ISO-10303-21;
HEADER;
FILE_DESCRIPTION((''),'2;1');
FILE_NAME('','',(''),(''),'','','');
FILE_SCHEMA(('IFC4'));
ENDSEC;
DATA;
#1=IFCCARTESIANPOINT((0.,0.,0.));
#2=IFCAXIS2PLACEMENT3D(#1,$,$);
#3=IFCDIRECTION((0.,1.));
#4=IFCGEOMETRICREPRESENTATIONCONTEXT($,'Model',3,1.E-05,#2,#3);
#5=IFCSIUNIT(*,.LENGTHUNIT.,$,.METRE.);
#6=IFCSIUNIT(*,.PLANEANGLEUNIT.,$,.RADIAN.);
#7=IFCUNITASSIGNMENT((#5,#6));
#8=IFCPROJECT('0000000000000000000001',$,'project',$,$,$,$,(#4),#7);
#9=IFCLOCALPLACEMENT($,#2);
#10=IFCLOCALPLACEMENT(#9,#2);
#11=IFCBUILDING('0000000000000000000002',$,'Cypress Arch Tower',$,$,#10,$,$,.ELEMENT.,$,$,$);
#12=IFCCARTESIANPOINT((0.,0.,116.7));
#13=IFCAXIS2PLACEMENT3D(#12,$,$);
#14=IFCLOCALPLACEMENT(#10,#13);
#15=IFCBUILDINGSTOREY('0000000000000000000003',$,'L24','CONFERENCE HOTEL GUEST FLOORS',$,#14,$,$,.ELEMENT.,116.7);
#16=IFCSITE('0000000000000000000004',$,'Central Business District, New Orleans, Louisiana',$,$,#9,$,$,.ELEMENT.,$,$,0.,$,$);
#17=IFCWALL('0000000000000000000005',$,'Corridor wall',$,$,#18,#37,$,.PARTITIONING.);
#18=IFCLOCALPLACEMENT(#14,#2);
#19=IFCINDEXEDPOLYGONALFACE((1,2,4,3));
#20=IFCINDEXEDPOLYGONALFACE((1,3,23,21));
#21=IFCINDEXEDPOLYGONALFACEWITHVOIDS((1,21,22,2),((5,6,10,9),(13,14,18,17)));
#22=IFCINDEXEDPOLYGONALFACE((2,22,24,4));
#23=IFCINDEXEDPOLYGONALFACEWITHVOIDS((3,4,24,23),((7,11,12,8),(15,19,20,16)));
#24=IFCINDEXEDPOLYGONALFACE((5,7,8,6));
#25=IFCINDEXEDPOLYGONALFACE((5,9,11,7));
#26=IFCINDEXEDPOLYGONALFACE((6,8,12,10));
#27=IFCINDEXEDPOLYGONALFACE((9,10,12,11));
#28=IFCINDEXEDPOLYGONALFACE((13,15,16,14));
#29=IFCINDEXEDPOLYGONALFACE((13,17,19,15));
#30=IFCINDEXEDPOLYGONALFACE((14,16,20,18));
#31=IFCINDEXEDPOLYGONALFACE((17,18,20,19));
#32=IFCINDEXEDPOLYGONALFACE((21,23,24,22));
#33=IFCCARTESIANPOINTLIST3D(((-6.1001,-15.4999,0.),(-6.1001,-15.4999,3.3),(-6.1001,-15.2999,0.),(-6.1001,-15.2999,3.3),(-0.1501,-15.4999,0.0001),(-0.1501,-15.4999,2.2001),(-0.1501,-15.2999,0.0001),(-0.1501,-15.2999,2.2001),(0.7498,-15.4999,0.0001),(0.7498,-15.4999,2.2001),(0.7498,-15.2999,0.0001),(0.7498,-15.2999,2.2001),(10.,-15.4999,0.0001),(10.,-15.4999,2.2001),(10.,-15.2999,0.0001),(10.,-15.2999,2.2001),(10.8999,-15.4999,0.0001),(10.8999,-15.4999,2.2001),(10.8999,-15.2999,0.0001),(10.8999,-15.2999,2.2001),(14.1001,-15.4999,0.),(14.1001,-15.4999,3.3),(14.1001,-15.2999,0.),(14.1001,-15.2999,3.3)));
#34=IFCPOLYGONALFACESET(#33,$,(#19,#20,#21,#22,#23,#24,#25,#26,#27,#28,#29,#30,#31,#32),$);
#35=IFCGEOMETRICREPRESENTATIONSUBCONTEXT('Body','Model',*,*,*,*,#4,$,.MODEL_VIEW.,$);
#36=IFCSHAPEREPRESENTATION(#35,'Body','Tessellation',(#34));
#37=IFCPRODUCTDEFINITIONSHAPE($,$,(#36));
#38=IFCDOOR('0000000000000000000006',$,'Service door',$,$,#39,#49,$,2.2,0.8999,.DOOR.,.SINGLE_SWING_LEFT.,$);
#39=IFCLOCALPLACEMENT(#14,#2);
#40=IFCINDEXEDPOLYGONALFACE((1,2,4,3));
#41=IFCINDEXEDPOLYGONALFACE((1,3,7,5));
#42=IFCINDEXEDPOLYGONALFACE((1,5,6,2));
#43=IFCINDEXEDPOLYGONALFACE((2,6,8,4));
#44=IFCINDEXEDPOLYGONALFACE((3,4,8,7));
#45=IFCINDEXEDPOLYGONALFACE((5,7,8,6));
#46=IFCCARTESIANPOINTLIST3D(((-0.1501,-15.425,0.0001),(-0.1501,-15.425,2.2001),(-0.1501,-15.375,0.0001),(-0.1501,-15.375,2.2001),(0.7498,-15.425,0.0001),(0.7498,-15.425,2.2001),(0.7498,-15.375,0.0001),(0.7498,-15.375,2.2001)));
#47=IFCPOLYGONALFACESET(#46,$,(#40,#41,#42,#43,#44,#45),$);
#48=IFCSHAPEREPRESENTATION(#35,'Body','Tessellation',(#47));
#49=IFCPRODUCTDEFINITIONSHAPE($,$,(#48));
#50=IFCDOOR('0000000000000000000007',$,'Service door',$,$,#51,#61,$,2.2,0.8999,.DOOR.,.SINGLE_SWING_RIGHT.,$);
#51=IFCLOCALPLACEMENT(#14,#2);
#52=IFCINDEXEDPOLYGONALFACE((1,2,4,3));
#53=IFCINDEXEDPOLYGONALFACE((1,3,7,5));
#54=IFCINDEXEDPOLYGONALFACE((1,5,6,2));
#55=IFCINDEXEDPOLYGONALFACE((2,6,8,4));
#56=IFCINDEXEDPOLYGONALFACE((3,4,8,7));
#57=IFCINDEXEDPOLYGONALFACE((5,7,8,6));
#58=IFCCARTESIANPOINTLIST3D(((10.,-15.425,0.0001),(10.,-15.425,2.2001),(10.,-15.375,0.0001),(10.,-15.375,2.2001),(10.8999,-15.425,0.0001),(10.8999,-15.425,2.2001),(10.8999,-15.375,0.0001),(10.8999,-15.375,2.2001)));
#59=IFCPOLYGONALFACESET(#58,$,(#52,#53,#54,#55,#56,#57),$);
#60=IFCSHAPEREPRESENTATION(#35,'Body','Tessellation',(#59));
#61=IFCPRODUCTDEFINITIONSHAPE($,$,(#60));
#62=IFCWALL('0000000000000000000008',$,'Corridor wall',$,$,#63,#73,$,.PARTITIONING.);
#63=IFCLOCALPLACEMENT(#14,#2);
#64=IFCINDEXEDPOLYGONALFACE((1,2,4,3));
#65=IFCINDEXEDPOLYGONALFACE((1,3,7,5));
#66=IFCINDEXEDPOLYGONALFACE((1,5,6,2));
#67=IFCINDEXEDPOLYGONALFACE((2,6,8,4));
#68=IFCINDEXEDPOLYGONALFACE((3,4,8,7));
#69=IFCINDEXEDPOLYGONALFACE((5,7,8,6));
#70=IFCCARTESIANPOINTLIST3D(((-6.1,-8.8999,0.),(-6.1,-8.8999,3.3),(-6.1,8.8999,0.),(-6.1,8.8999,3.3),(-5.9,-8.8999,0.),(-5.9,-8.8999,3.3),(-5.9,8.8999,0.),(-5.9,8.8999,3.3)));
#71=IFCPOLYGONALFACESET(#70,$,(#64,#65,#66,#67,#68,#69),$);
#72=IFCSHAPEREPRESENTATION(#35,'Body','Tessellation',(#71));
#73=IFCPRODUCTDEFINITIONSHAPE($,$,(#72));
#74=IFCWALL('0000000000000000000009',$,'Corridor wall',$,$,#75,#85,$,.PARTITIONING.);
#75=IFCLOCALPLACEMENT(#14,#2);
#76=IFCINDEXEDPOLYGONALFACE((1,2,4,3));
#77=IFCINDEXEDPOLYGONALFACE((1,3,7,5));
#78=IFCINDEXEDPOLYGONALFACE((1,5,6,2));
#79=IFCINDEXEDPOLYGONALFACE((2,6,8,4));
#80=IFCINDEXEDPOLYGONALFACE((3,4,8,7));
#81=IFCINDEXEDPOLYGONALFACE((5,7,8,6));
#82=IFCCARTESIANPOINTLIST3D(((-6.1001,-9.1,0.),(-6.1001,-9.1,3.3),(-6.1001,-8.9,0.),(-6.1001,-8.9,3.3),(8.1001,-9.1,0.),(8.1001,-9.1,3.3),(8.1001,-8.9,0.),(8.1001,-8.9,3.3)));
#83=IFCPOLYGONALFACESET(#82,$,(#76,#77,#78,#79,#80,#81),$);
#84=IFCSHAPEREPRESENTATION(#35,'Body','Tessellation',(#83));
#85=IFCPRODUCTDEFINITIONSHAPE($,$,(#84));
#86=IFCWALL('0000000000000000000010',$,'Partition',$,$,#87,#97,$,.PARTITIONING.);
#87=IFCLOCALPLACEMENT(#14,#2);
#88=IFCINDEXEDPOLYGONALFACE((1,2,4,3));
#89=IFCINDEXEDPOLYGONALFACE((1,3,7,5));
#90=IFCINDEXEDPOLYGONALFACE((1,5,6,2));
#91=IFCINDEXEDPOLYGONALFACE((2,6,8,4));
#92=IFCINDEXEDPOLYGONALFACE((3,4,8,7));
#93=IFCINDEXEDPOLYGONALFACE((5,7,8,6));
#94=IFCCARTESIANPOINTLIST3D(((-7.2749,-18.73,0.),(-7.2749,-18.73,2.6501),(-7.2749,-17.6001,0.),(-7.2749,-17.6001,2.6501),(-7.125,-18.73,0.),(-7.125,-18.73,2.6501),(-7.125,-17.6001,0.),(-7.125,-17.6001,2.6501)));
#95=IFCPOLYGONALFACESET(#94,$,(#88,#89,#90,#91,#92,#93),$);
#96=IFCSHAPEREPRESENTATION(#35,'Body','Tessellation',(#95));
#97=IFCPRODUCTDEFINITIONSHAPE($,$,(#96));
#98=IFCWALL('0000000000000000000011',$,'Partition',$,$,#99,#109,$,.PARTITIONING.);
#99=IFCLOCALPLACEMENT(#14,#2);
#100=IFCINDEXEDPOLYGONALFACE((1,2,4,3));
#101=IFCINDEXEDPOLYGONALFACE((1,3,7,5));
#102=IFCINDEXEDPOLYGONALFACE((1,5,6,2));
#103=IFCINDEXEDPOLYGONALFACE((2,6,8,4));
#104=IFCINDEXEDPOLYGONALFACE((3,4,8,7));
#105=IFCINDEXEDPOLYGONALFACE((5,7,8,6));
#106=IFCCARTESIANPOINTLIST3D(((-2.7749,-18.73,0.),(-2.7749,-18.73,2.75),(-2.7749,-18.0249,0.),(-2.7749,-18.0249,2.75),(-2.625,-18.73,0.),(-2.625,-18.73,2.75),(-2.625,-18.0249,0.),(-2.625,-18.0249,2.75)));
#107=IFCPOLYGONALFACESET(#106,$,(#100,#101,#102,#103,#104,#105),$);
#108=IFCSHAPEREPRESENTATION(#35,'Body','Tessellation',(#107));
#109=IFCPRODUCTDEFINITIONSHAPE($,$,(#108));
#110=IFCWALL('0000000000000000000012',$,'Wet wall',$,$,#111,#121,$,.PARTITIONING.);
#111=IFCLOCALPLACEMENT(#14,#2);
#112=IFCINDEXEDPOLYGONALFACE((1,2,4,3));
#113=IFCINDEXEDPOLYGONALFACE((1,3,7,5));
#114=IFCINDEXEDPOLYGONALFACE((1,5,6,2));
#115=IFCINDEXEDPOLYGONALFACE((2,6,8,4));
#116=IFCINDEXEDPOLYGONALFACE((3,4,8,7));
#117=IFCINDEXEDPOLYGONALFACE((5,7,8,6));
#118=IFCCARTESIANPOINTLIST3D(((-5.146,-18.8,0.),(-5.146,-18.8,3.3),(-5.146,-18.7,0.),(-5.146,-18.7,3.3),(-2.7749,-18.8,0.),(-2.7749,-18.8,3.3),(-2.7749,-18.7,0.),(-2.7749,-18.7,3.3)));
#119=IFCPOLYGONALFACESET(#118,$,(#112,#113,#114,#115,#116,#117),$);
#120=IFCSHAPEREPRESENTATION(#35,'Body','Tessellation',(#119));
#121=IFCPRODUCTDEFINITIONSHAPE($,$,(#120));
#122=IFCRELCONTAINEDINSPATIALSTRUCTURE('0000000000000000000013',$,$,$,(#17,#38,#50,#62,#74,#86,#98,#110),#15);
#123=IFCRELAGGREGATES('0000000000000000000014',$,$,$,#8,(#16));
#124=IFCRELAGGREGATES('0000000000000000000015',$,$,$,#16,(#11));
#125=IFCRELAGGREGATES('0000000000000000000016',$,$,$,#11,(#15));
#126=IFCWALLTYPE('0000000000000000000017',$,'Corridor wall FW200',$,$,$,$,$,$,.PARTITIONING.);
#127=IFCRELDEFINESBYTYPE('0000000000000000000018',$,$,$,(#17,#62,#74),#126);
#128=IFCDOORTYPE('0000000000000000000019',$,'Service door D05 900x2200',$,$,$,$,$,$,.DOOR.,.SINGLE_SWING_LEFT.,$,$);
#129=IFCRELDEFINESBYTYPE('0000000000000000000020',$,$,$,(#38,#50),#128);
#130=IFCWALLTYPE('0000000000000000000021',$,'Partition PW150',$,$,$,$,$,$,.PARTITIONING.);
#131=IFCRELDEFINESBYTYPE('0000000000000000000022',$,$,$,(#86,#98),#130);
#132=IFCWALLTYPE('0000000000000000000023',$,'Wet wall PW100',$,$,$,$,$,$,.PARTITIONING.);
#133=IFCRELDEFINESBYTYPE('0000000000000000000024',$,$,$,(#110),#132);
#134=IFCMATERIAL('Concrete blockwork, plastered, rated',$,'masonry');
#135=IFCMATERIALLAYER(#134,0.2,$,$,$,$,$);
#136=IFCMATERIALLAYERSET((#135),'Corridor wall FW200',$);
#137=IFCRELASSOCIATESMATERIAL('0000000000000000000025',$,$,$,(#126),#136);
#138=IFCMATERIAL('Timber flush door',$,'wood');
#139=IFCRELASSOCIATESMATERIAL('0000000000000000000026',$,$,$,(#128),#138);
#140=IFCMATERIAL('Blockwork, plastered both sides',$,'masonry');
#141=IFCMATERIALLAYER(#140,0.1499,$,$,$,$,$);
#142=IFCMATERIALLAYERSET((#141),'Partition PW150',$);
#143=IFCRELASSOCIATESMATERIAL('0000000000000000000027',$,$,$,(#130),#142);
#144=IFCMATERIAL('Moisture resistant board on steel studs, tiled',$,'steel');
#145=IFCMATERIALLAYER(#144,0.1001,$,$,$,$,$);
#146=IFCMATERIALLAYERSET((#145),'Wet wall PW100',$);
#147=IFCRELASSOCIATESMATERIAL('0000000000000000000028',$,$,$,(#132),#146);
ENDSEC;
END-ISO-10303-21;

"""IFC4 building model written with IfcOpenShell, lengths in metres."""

from ifc_helpers import new_model, si_unit, direction, frame, frame_2d, origin, place, context, subcontext, project, spatial, rectangle, extrude, material, layer, layer_set, type_object, element, fill, save


model = new_model("IFC4")

# Units and contexts
model_context = context("Model", 3, precision=1e-05, world=origin(), true_north=direction((0.0, 1.0)))
body_context = subcontext(model_context, "Body", "Model", "MODEL_VIEW")
ifc_project = project(units=[si_unit("LENGTHUNIT", "METRE"), si_unit("PLANEANGLEUNIT", "RADIAN")], contexts=[model_context])

# Site, building, storey
site_placement = place(None, origin())
site = spatial("IfcSite", under=ifc_project, at=site_placement, Name="Central Business District, New Orleans, Louisiana", CompositionType="ELEMENT", RefElevation=0.0)
building_placement = place(site_placement, origin())
building = spatial("IfcBuilding", under=site, at=building_placement, Name="Cypress Arch Tower", CompositionType="ELEMENT")
storey_placement = place(building_placement, frame((0.0, 0.0, 116.7)))
storey = spatial("IfcBuildingStorey", under=building, at=storey_placement, Name="L24", Description="CONFERENCE HOTEL GUEST FLOORS", CompositionType="ELEMENT", Elevation=116.7)

# Shared definitions
ifc_material_1 = material(Name="Concrete blockwork, plastered, rated", Category="masonry")
ifc_layer_1 = layer(ifc_material_1, 0.2)
ifc_layer_set_1 = layer_set([ifc_layer_1], Name="Corridor wall FW200")
wall_type_1 = type_object("IfcWallType", Name="Corridor wall FW200", PredefinedType="PARTITIONING", material=ifc_layer_set_1)

# Wall, openings, doors
wall_1_placement = place(storey_placement, frame((-6.1001, -15.3999, 0.0), z_axis=(0.0, 0.0, 1.0), x_axis=(1.0, 0.0, 0.0)))
wall_1 = element("IfcWall", 1, at=wall_1_placement, inside=storey, type_object=wall_type_1, Name="Corridor wall", PredefinedType="PARTITIONING", context=body_context, shape_type="SweptSolid", body=[
    extrude(rectangle(XDim=20.2002, YDim=0.2, at=frame_2d((10.1001, 0.0))), origin(), (0.0, 0.0, 1.0), 3.3),
])
opening_1_placement = place(wall_1_placement, frame((5.95, 0.0, 0.0)))
opening_1 = element("IfcOpeningElement", 2, at=opening_1_placement, cuts=wall_1, PredefinedType="OPENING", context=body_context, shape_type="SweptSolid", body=[
    extrude(rectangle(XDim=0.8999, YDim=2.2, at=frame_2d((0.45, 1.1001))), frame((0.0, 0.1099, 0.0), z_axis=(0.0, -1.0, 0.0), x_axis=(1.0, 0.0, 0.0)), (0.0, 0.0, 1.0), 0.22),
])
opening_2_placement = place(wall_1_placement, frame((16.1001, 0.0, 0.0)))
opening_2 = element("IfcOpeningElement", 3, at=opening_2_placement, cuts=wall_1, PredefinedType="OPENING", context=body_context, shape_type="SweptSolid", body=[
    extrude(rectangle(XDim=0.8999, YDim=2.2, at=frame_2d((0.45, 1.1001))), frame((0.0, 0.1099, 0.0), z_axis=(0.0, -1.0, 0.0), x_axis=(1.0, 0.0, 0.0)), (0.0, 0.0, 1.0), 0.22),
])
ifc_material_2 = material(Name="Timber flush door", Category="wood")
door_type_1 = type_object("IfcDoorType", Name="Service door D05 900x2200", OperationType="SINGLE_SWING_LEFT", PredefinedType="DOOR", material=ifc_material_2)
door_1_placement = place(opening_1_placement, origin())
door_1 = element("IfcDoor", 4, at=door_1_placement, inside=storey, type_object=door_type_1, Name="Service door", OperationType="SINGLE_SWING_LEFT", OverallHeight=2.2, OverallWidth=0.8999, PredefinedType="DOOR", context=body_context, shape_type="SweptSolid", body=[
    extrude(rectangle(XDim=0.8999, YDim=2.2, at=frame_2d((0.45, 1.1001))), frame((0.0, 0.0249, 0.0), z_axis=(0.0, -1.0, 0.0), x_axis=(1.0, 0.0, 0.0)), (0.0, 0.0, 1.0), 0.05),
])
fill(opening_1, door_1)
door_2_placement = place(opening_2_placement, origin())
door_2 = element("IfcDoor", 5, at=door_2_placement, inside=storey, type_object=door_type_1, Name="Service door", OperationType="SINGLE_SWING_RIGHT", OverallHeight=2.2, OverallWidth=0.8999, PredefinedType="DOOR", context=body_context, shape_type="SweptSolid", body=[
    extrude(rectangle(XDim=0.8999, YDim=2.2, at=frame_2d((0.45, 1.1001))), frame((0.0, 0.0249, 0.0), z_axis=(0.0, -1.0, 0.0), x_axis=(1.0, 0.0, 0.0)), (0.0, 0.0, 1.0), 0.05),
])
fill(opening_2, door_2)

# Walls
wall_2_placement = place(storey_placement, frame((-6.0, -8.8999, 0.0), z_axis=(0.0, 0.0, 1.0), x_axis=(0.0, 1.0, 0.0)))
element("IfcWall", 6, at=wall_2_placement, inside=storey, type_object=wall_type_1, Name="Corridor wall", PredefinedType="PARTITIONING", context=body_context, shape_type="SweptSolid", body=[
    extrude(rectangle(XDim=17.7998, YDim=0.2, at=frame_2d((8.8999, 0.0))), origin(), (0.0, 0.0, 1.0), 3.3),
])
wall_3_placement = place(storey_placement, frame((-6.1001, -9.0, 0.0), z_axis=(0.0, 0.0, 1.0), x_axis=(1.0, 0.0, 0.0)))
element("IfcWall", 7, at=wall_3_placement, inside=storey, type_object=wall_type_1, Name="Corridor wall", PredefinedType="PARTITIONING", context=body_context, shape_type="SweptSolid", body=[
    extrude(rectangle(XDim=14.2002, YDim=0.2, at=frame_2d((7.1001, 0.0))), origin(), (0.0, 0.0, 1.0), 3.3),
])
ifc_material_3 = material(Name="Blockwork, plastered both sides", Category="masonry")
ifc_layer_2 = layer(ifc_material_3, 0.1499)
ifc_layer_set_2 = layer_set([ifc_layer_2], Name="Partition PW150")
wall_type_2 = type_object("IfcWallType", Name="Partition PW150", PredefinedType="PARTITIONING", material=ifc_layer_set_2)
wall_4_placement = place(storey_placement, frame((-7.2, -18.73, 0.0), z_axis=(0.0, 0.0, 1.0), x_axis=(0.0, 1.0, 0.0)))
element("IfcWall", 8, at=wall_4_placement, inside=storey, type_object=wall_type_2, Name="Partition", PredefinedType="PARTITIONING", context=body_context, shape_type="SweptSolid", body=[
    extrude(rectangle(XDim=1.1299, YDim=0.1499, at=frame_2d((0.5649, 0.0))), origin(), (0.0, 0.0, 1.0), 2.6501),
])
wall_5_placement = place(storey_placement, frame((-2.7, -18.73, 0.0), z_axis=(0.0, 0.0, 1.0), x_axis=(0.0, 1.0, 0.0)))
element("IfcWall", 9, at=wall_5_placement, inside=storey, type_object=wall_type_2, Name="Partition", PredefinedType="PARTITIONING", context=body_context, shape_type="SweptSolid", body=[
    extrude(rectangle(XDim=0.7051, YDim=0.1499, at=frame_2d((0.3525, 0.0))), origin(), (0.0, 0.0, 1.0), 2.75),
])
ifc_material_4 = material(Name="Moisture resistant board on steel studs, tiled", Category="steel")
ifc_layer_3 = layer(ifc_material_4, 0.1001)
ifc_layer_set_3 = layer_set([ifc_layer_3], Name="Wet wall PW100")
wall_type_3 = type_object("IfcWallType", Name="Wet wall PW100", PredefinedType="PARTITIONING", material=ifc_layer_set_3)
wall_6_placement = place(storey_placement, frame((-5.146, -18.75, 0.0), z_axis=(0.0, 0.0, 1.0), x_axis=(1.0, 0.0, 0.0)))
element("IfcWall", 10, at=wall_6_placement, inside=storey, type_object=wall_type_3, Name="Wet wall", PredefinedType="PARTITIONING", context=body_context, shape_type="SweptSolid", body=[
    extrude(rectangle(XDim=2.3711, YDim=0.1001, at=frame_2d((1.1855, 0.0))), origin(), (0.0, 0.0, 1.0), 3.3),
])

save(model, "model.ifc")
